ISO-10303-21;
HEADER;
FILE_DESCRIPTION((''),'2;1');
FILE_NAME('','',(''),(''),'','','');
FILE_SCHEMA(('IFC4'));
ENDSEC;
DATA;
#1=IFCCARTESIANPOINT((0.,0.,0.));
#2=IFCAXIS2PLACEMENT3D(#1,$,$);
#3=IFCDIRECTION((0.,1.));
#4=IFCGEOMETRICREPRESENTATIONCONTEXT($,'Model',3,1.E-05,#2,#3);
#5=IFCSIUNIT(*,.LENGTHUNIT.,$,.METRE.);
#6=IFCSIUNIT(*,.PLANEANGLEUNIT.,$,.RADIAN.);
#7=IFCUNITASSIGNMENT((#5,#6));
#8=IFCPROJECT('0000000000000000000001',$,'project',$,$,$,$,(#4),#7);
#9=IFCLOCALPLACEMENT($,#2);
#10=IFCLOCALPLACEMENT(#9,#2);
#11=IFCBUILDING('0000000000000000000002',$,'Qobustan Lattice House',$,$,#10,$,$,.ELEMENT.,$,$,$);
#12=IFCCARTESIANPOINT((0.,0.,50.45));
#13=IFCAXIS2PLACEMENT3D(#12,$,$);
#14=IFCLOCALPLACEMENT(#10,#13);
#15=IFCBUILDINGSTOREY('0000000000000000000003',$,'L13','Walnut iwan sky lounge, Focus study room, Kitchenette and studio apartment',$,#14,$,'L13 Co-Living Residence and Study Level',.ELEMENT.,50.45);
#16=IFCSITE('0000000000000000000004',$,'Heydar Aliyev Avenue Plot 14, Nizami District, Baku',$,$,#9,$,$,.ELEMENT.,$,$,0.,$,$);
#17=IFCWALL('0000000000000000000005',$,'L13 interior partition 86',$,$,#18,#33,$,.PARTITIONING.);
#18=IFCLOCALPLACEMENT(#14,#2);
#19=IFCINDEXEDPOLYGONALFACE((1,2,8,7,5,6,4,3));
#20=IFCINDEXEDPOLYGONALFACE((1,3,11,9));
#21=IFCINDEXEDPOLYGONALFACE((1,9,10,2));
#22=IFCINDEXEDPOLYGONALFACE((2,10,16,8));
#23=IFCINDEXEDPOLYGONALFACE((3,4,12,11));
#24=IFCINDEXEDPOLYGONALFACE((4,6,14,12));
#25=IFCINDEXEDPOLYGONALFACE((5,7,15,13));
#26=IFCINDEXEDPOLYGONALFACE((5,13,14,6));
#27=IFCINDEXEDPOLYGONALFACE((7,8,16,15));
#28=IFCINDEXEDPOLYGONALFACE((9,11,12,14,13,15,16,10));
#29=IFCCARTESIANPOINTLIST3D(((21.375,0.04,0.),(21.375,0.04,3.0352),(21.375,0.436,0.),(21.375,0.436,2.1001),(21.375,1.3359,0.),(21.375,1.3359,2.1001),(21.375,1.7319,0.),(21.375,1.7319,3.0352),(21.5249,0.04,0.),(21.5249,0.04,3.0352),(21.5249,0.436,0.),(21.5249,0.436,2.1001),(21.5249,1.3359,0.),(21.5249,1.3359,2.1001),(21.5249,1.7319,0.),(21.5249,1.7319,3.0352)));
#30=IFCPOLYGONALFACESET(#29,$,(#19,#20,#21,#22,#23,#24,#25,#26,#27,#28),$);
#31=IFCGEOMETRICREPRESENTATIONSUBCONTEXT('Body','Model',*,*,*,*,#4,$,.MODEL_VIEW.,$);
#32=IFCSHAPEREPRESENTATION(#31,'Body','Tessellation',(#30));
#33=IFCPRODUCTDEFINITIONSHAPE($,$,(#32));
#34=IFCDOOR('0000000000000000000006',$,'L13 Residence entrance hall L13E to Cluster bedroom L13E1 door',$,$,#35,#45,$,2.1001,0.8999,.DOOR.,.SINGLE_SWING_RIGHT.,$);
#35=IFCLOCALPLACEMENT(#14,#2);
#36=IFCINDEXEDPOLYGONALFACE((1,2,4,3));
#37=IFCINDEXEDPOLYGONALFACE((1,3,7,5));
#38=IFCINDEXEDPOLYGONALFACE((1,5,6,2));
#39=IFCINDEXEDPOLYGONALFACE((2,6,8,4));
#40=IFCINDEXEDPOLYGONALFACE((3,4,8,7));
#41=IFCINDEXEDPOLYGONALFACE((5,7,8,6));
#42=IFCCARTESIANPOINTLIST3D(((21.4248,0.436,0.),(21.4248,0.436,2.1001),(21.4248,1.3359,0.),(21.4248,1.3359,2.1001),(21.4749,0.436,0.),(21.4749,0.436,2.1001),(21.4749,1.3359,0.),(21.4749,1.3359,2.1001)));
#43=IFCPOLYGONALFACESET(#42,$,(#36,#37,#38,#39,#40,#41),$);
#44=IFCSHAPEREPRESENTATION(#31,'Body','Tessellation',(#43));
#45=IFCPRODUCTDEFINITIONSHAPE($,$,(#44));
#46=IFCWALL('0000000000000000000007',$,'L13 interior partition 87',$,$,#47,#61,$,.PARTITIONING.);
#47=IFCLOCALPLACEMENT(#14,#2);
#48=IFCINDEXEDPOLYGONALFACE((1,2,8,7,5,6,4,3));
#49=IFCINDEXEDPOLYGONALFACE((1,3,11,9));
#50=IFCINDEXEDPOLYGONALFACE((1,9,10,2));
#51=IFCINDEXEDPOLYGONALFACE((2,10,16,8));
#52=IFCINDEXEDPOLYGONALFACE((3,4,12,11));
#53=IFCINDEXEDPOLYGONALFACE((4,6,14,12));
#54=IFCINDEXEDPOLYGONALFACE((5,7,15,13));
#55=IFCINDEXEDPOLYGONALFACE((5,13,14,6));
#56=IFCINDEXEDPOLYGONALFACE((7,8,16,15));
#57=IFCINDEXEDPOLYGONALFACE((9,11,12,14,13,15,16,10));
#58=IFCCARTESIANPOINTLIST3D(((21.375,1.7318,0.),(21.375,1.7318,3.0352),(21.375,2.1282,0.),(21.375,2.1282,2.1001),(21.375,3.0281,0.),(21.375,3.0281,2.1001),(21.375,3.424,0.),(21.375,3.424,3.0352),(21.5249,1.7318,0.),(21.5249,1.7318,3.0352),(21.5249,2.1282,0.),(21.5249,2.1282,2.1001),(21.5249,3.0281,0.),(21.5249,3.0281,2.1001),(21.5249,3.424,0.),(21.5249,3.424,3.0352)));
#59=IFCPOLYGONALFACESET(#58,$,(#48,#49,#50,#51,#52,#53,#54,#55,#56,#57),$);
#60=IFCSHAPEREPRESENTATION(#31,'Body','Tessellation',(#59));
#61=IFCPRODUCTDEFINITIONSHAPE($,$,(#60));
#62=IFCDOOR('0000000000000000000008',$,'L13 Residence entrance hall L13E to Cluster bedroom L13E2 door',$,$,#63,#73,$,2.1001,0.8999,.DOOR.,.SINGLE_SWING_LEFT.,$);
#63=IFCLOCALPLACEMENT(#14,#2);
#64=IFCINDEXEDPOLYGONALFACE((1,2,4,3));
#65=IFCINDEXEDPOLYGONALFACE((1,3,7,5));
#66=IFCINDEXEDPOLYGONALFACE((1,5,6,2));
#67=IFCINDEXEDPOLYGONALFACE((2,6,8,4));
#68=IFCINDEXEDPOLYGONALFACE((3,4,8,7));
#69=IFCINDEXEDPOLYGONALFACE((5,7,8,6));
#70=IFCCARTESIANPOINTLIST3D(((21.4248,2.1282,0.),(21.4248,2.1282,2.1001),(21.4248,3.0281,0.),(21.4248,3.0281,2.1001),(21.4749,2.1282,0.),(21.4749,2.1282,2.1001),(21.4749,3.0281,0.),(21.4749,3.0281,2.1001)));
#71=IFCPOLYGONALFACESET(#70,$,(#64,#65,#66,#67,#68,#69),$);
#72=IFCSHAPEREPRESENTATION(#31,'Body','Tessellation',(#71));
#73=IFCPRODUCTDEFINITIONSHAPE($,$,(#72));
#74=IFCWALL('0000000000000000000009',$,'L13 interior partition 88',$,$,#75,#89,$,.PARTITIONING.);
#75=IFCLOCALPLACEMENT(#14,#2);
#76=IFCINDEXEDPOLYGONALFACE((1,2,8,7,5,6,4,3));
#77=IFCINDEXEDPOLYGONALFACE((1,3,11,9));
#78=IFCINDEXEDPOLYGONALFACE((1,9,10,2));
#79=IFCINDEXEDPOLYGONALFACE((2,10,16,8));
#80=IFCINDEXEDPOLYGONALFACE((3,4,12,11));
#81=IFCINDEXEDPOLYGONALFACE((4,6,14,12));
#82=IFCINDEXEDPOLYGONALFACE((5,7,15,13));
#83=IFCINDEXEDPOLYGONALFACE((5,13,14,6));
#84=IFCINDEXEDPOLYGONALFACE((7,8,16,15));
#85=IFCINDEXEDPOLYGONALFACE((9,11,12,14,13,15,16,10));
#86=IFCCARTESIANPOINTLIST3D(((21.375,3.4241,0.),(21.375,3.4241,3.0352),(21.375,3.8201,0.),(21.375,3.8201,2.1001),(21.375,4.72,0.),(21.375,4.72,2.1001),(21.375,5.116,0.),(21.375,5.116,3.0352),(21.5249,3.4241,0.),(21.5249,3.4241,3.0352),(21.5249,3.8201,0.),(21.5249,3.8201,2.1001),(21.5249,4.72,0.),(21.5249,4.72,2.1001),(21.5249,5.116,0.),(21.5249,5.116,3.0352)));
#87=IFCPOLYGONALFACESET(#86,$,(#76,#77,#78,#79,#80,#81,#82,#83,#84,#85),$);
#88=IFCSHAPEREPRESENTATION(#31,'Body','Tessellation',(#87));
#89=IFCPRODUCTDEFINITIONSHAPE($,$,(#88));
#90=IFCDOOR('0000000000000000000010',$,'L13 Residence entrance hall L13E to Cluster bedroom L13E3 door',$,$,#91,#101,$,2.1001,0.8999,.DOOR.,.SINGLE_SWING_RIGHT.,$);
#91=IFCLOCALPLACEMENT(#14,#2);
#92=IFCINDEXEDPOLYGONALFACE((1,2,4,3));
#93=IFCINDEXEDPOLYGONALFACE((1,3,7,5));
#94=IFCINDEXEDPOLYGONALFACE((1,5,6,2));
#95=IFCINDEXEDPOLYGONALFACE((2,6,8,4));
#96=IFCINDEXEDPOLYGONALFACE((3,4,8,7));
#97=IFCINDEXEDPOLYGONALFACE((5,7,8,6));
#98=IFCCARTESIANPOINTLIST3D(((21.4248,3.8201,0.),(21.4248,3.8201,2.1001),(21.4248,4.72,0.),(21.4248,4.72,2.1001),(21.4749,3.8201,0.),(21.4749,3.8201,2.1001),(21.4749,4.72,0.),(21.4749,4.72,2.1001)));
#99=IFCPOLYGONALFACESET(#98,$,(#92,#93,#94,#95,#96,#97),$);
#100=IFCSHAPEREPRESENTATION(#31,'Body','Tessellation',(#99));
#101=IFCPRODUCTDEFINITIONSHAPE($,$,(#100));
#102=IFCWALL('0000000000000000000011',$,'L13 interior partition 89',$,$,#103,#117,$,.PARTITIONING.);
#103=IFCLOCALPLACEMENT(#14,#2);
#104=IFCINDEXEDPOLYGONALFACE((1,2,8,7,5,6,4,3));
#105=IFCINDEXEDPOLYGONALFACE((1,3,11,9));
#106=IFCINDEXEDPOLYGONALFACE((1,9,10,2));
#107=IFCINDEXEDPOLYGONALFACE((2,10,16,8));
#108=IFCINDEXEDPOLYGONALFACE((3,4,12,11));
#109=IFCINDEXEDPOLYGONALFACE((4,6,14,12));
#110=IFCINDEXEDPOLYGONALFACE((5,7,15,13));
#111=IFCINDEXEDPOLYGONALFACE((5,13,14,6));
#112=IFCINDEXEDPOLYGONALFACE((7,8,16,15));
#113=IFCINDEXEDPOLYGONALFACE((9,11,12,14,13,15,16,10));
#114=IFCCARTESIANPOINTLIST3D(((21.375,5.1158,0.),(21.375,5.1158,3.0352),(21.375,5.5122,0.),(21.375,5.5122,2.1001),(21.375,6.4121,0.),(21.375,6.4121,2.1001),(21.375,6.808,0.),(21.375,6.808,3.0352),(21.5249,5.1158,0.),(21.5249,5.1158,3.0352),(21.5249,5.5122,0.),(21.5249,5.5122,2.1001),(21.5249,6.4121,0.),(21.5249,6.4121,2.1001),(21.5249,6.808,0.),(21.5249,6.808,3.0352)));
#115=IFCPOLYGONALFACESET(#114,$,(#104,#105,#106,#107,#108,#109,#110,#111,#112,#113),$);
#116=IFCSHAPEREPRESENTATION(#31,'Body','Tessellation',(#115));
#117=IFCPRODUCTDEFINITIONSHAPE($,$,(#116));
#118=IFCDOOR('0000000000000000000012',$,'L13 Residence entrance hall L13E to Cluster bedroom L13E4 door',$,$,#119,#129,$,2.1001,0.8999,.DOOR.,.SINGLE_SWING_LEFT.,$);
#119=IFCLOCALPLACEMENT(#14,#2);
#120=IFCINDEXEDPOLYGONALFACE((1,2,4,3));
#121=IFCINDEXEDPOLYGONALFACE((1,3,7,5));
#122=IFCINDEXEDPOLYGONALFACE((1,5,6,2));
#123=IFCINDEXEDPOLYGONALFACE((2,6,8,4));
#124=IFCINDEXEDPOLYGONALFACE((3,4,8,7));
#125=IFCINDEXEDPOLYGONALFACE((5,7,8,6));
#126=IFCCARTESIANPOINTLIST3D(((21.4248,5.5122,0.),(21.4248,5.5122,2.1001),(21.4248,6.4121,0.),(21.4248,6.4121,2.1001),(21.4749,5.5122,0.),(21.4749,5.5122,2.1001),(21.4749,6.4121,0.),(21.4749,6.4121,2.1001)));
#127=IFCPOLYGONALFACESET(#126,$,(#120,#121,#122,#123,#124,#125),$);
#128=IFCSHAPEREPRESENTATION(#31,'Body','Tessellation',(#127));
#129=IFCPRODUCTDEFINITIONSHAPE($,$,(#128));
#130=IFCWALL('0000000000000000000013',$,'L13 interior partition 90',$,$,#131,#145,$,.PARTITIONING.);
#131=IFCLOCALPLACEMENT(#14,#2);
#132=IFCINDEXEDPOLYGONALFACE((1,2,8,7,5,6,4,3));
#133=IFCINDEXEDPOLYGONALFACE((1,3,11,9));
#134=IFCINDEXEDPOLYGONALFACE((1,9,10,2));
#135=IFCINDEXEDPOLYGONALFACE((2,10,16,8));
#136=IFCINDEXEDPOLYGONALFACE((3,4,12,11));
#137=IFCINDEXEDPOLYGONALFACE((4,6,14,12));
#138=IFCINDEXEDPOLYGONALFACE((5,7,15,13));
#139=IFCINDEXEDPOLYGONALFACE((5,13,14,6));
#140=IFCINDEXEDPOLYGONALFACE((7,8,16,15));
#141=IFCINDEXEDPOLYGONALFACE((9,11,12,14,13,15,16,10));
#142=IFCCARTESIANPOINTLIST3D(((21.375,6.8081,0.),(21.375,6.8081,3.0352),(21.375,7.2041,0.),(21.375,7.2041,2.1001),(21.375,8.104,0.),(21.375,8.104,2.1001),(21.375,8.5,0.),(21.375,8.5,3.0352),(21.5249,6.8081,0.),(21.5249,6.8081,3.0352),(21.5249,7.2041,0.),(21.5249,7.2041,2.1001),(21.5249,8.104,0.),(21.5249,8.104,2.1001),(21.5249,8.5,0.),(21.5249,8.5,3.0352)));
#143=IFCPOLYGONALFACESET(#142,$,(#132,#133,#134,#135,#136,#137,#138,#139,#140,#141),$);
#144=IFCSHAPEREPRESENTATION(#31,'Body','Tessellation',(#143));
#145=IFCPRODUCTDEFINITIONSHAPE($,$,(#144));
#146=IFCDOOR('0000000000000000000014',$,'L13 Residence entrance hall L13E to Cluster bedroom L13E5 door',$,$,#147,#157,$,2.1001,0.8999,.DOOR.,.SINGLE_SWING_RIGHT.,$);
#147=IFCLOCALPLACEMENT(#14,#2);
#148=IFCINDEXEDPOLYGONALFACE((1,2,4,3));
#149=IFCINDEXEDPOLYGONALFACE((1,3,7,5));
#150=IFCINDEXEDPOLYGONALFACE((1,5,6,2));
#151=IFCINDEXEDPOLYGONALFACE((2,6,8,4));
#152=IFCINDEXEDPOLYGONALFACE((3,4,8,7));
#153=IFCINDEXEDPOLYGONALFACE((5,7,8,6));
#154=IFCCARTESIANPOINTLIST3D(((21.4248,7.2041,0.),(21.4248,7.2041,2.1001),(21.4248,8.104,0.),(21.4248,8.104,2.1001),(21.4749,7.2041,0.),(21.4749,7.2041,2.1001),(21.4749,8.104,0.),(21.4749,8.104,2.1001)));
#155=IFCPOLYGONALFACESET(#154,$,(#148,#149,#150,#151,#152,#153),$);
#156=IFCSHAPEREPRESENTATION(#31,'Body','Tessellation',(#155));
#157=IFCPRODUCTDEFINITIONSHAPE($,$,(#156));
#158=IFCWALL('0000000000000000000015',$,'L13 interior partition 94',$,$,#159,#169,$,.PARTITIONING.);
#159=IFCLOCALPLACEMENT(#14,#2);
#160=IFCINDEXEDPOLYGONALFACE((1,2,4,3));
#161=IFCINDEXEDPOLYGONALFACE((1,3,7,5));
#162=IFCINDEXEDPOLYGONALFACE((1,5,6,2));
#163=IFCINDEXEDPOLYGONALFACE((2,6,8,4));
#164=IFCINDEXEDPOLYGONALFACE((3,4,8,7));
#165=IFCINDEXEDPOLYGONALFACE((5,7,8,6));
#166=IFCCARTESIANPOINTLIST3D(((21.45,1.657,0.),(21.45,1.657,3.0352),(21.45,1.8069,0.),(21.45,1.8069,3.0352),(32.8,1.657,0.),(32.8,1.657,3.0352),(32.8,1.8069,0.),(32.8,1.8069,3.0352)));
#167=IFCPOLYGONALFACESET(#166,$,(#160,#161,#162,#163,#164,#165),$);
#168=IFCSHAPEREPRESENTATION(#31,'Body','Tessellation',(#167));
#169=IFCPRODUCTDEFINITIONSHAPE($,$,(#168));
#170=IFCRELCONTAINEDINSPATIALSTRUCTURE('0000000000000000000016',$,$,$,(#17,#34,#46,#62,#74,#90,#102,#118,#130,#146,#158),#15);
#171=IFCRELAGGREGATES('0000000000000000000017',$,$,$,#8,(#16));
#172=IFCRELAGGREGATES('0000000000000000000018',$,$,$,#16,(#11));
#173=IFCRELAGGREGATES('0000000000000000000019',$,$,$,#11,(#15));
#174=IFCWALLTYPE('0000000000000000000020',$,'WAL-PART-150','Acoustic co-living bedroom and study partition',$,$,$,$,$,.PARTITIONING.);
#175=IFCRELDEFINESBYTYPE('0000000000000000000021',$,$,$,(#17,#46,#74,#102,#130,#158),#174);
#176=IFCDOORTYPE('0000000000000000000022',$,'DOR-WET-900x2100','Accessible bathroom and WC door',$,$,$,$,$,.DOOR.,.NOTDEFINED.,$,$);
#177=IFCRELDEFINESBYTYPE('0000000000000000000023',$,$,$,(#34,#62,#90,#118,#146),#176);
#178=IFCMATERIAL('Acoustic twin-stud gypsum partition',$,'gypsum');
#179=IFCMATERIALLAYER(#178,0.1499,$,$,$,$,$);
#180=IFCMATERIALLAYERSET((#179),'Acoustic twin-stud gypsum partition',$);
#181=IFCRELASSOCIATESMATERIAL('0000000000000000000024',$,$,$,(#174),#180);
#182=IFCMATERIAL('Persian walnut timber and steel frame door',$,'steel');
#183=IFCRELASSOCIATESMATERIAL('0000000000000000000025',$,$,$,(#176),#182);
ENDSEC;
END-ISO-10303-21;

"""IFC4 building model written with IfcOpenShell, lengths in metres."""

from ifc_helpers import new_model, si_unit, direction, frame, frame_2d, origin, place, context, subcontext, project, spatial, rectangle, extrude, material, layer, layer_set, type_object, element, fill, save


model = new_model("IFC4")

# Units and contexts
model_context = context("Model", 3, precision=1e-05, world=origin(), true_north=direction((0.0, 1.0)))
body_context = subcontext(model_context, "Body", "Model", "MODEL_VIEW")
ifc_project = project(units=[si_unit("LENGTHUNIT", "METRE"), si_unit("PLANEANGLEUNIT", "RADIAN")], contexts=[model_context])

# Site, building, storey
site_placement = place(None, origin())
site = spatial("IfcSite", under=ifc_project, at=site_placement, Name="Heydar Aliyev Avenue Plot 14, Nizami District, Baku", CompositionType="ELEMENT", RefElevation=0.0)
building_placement = place(site_placement, origin())
building = spatial("IfcBuilding", under=site, at=building_placement, Name="Qobustan Lattice House", CompositionType="ELEMENT")
storey_placement = place(building_placement, frame((0.0, 0.0, 50.45)))
storey = spatial("IfcBuildingStorey", under=building, at=storey_placement, Name="L13", Description="Walnut iwan sky lounge, Focus study room, Kitchenette and studio apartment", LongName="L13 Co-Living Residence and Study Level", CompositionType="ELEMENT", Elevation=50.45)

# Shared definitions
ifc_material_1 = material(Name="Acoustic twin-stud gypsum partition", Category="gypsum")
ifc_layer_1 = layer(ifc_material_1, 0.1499)
ifc_layer_set_1 = layer_set([ifc_layer_1], Name="Acoustic twin-stud gypsum partition")
wall_type_1 = type_object("IfcWallType", Name="WAL-PART-150", Description="Acoustic co-living bedroom and study partition", PredefinedType="PARTITIONING", material=ifc_layer_set_1)

# Walls, openings, doors
wall_1_placement = place(storey_placement, frame((21.45, 1.7319, 0.0), z_axis=(0.0, 0.0, 1.0), x_axis=(0.0, -1.0, 0.0)))
wall_1 = element("IfcWall", 1, at=wall_1_placement, inside=storey, type_object=wall_type_1, Name="L13 interior partition 86", PredefinedType="PARTITIONING", context=body_context, shape_type="SweptSolid", body=[
    extrude(rectangle(XDim=1.6919, YDim=0.1499, at=frame_2d((0.8459, 0.0))), origin(), (0.0, 0.0, 1.0), 3.0352),
])
opening_1_placement = place(wall_1_placement, frame((0.396, 0.0, 0.0)))
opening_1 = element("IfcOpeningElement", 2, at=opening_1_placement, cuts=wall_1, PredefinedType="OPENING", context=body_context, shape_type="SweptSolid", body=[
    extrude(rectangle(XDim=0.8999, YDim=2.1001, at=frame_2d((0.45, 1.05))), frame((0.0, 0.085, 0.0), z_axis=(0.0, -1.0, 0.0), x_axis=(1.0, 0.0, 0.0)), (0.0, 0.0, 1.0), 0.1699),
])
ifc_material_2 = material(Name="Persian walnut timber and steel frame door", Category="steel")
door_type_1 = type_object("IfcDoorType", Name="DOR-WET-900x2100", Description="Accessible bathroom and WC door", OperationType="NOTDEFINED", PredefinedType="DOOR", material=ifc_material_2)
door_1_placement = place(opening_1_placement, origin())
door_1 = element("IfcDoor", 3, at=door_1_placement, inside=storey, type_object=door_type_1, Name="L13 Residence entrance hall L13E to Cluster bedroom L13E1 door", OperationType="SINGLE_SWING_RIGHT", OverallHeight=2.1001, OverallWidth=0.8999, PredefinedType="DOOR", context=body_context, shape_type="SweptSolid", body=[
    extrude(rectangle(XDim=0.8999, YDim=2.1001, at=frame_2d((0.45, 1.05))), frame((0.0, 0.0249, 0.0), z_axis=(0.0, -1.0, 0.0), x_axis=(1.0, 0.0, 0.0)), (0.0, 0.0, 1.0), 0.05),
])
fill(opening_1, door_1)
wall_2_placement = place(storey_placement, frame((21.45, 3.4241, 0.0), z_axis=(0.0, 0.0, 1.0), x_axis=(0.0, -1.0, 0.0)))
wall_2 = element("IfcWall", 4, at=wall_2_placement, inside=storey, type_object=wall_type_1, Name="L13 interior partition 87", PredefinedType="PARTITIONING", context=body_context, shape_type="SweptSolid", body=[
    extrude(rectangle(XDim=1.6921, YDim=0.1499, at=frame_2d((0.8462, 0.0))), origin(), (0.0, 0.0, 1.0), 3.0352),
])
opening_2_placement = place(wall_2_placement, frame((0.396, 0.0, 0.0)))
opening_2 = element("IfcOpeningElement", 5, at=opening_2_placement, cuts=wall_2, PredefinedType="OPENING", context=body_context, shape_type="SweptSolid", body=[
    extrude(rectangle(XDim=0.8999, YDim=2.1001, at=frame_2d((0.45, 1.05))), frame((0.0, 0.085, 0.0), z_axis=(0.0, -1.0, 0.0), x_axis=(1.0, 0.0, 0.0)), (0.0, 0.0, 1.0), 0.1699),
])
door_2_placement = place(opening_2_placement, origin())
door_2 = element("IfcDoor", 6, at=door_2_placement, inside=storey, type_object=door_type_1, Name="L13 Residence entrance hall L13E to Cluster bedroom L13E2 door", OperationType="SINGLE_SWING_LEFT", OverallHeight=2.1001, OverallWidth=0.8999, PredefinedType="DOOR", context=body_context, shape_type="SweptSolid", body=[
    extrude(rectangle(XDim=0.8999, YDim=2.1001, at=frame_2d((0.45, 1.05))), frame((0.0, 0.0249, 0.0), z_axis=(0.0, -1.0, 0.0), x_axis=(1.0, 0.0, 0.0)), (0.0, 0.0, 1.0), 0.05),
])
fill(opening_2, door_2)
wall_3_placement = place(storey_placement, frame((21.45, 5.116, 0.0), z_axis=(0.0, 0.0, 1.0), x_axis=(0.0, -1.0, 0.0)))
wall_3 = element("IfcWall", 7, at=wall_3_placement, inside=storey, type_object=wall_type_1, Name="L13 interior partition 88", PredefinedType="PARTITIONING", context=body_context, shape_type="SweptSolid", body=[
    extrude(rectangle(XDim=1.6919, YDim=0.1499, at=frame_2d((0.8459, 0.0))), origin(), (0.0, 0.0, 1.0), 3.0352),
])
opening_3_placement = place(wall_3_placement, frame((0.396, 0.0, 0.0)))
opening_3 = element("IfcOpeningElement", 8, at=opening_3_placement, cuts=wall_3, PredefinedType="OPENING", context=body_context, shape_type="SweptSolid", body=[
    extrude(rectangle(XDim=0.8999, YDim=2.1001, at=frame_2d((0.45, 1.05))), frame((0.0, 0.085, 0.0), z_axis=(0.0, -1.0, 0.0), x_axis=(1.0, 0.0, 0.0)), (0.0, 0.0, 1.0), 0.1699),
])
door_3_placement = place(opening_3_placement, origin())
door_3 = element("IfcDoor", 9, at=door_3_placement, inside=storey, type_object=door_type_1, Name="L13 Residence entrance hall L13E to Cluster bedroom L13E3 door", OperationType="SINGLE_SWING_RIGHT", OverallHeight=2.1001, OverallWidth=0.8999, PredefinedType="DOOR", context=body_context, shape_type="SweptSolid", body=[
    extrude(rectangle(XDim=0.8999, YDim=2.1001, at=frame_2d((0.45, 1.05))), frame((0.0, 0.0249, 0.0), z_axis=(0.0, -1.0, 0.0), x_axis=(1.0, 0.0, 0.0)), (0.0, 0.0, 1.0), 0.05),
])
fill(opening_3, door_3)
wall_4_placement = place(storey_placement, frame((21.45, 6.8081, 0.0), z_axis=(0.0, 0.0, 1.0), x_axis=(0.0, -1.0, 0.0)))
wall_4 = element("IfcWall", 10, at=wall_4_placement, inside=storey, type_object=wall_type_1, Name="L13 interior partition 89", PredefinedType="PARTITIONING", context=body_context, shape_type="SweptSolid", body=[
    extrude(rectangle(XDim=1.6921, YDim=0.1499, at=frame_2d((0.8462, 0.0))), origin(), (0.0, 0.0, 1.0), 3.0352),
])
opening_4_placement = place(wall_4_placement, frame((0.396, 0.0, 0.0)))
opening_4 = element("IfcOpeningElement", 11, at=opening_4_placement, cuts=wall_4, PredefinedType="OPENING", context=body_context, shape_type="SweptSolid", body=[
    extrude(rectangle(XDim=0.8999, YDim=2.1001, at=frame_2d((0.45, 1.05))), frame((0.0, 0.085, 0.0), z_axis=(0.0, -1.0, 0.0), x_axis=(1.0, 0.0, 0.0)), (0.0, 0.0, 1.0), 0.1699),
])
door_4_placement = place(opening_4_placement, origin())
door_4 = element("IfcDoor", 12, at=door_4_placement, inside=storey, type_object=door_type_1, Name="L13 Residence entrance hall L13E to Cluster bedroom L13E4 door", OperationType="SINGLE_SWING_LEFT", OverallHeight=2.1001, OverallWidth=0.8999, PredefinedType="DOOR", context=body_context, shape_type="SweptSolid", body=[
    extrude(rectangle(XDim=0.8999, YDim=2.1001, at=frame_2d((0.45, 1.05))), frame((0.0, 0.0249, 0.0), z_axis=(0.0, -1.0, 0.0), x_axis=(1.0, 0.0, 0.0)), (0.0, 0.0, 1.0), 0.05),
])
fill(opening_4, door_4)
wall_5_placement = place(storey_placement, frame((21.45, 8.5, 0.0), z_axis=(0.0, 0.0, 1.0), x_axis=(0.0, -1.0, 0.0)))
wall_5 = element("IfcWall", 13, at=wall_5_placement, inside=storey, type_object=wall_type_1, Name="L13 interior partition 90", PredefinedType="PARTITIONING", context=body_context, shape_type="SweptSolid", body=[
    extrude(rectangle(XDim=1.6919, YDim=0.1499, at=frame_2d((0.8459, 0.0))), origin(), (0.0, 0.0, 1.0), 3.0352),
])
opening_5_placement = place(wall_5_placement, frame((0.396, 0.0, 0.0)))
opening_5 = element("IfcOpeningElement", 14, at=opening_5_placement, cuts=wall_5, PredefinedType="OPENING", context=body_context, shape_type="SweptSolid", body=[
    extrude(rectangle(XDim=0.8999, YDim=2.1001, at=frame_2d((0.45, 1.05))), frame((0.0, 0.085, 0.0), z_axis=(0.0, -1.0, 0.0), x_axis=(1.0, 0.0, 0.0)), (0.0, 0.0, 1.0), 0.1699),
])
door_5_placement = place(opening_5_placement, origin())
door_5 = element("IfcDoor", 15, at=door_5_placement, inside=storey, type_object=door_type_1, Name="L13 Residence entrance hall L13E to Cluster bedroom L13E5 door", OperationType="SINGLE_SWING_RIGHT", OverallHeight=2.1001, OverallWidth=0.8999, PredefinedType="DOOR", context=body_context, shape_type="SweptSolid", body=[
    extrude(rectangle(XDim=0.8999, YDim=2.1001, at=frame_2d((0.45, 1.05))), frame((0.0, 0.0249, 0.0), z_axis=(0.0, -1.0, 0.0), x_axis=(1.0, 0.0, 0.0)), (0.0, 0.0, 1.0), 0.05),
])
fill(opening_5, door_5)

# Wall
wall_6_placement = place(storey_placement, frame((21.45, 1.7319, 0.0), z_axis=(0.0, 0.0, 1.0), x_axis=(1.0, 0.0, 0.0)))
element("IfcWall", 16, at=wall_6_placement, inside=storey, type_object=wall_type_1, Name="L13 interior partition 94", PredefinedType="PARTITIONING", context=body_context, shape_type="SweptSolid", body=[
    extrude(rectangle(XDim=11.3501, YDim=0.1499, at=frame_2d((5.675, 0.0))), origin(), (0.0, 0.0, 1.0), 3.0352),
])

save(model, "model.ifc")
